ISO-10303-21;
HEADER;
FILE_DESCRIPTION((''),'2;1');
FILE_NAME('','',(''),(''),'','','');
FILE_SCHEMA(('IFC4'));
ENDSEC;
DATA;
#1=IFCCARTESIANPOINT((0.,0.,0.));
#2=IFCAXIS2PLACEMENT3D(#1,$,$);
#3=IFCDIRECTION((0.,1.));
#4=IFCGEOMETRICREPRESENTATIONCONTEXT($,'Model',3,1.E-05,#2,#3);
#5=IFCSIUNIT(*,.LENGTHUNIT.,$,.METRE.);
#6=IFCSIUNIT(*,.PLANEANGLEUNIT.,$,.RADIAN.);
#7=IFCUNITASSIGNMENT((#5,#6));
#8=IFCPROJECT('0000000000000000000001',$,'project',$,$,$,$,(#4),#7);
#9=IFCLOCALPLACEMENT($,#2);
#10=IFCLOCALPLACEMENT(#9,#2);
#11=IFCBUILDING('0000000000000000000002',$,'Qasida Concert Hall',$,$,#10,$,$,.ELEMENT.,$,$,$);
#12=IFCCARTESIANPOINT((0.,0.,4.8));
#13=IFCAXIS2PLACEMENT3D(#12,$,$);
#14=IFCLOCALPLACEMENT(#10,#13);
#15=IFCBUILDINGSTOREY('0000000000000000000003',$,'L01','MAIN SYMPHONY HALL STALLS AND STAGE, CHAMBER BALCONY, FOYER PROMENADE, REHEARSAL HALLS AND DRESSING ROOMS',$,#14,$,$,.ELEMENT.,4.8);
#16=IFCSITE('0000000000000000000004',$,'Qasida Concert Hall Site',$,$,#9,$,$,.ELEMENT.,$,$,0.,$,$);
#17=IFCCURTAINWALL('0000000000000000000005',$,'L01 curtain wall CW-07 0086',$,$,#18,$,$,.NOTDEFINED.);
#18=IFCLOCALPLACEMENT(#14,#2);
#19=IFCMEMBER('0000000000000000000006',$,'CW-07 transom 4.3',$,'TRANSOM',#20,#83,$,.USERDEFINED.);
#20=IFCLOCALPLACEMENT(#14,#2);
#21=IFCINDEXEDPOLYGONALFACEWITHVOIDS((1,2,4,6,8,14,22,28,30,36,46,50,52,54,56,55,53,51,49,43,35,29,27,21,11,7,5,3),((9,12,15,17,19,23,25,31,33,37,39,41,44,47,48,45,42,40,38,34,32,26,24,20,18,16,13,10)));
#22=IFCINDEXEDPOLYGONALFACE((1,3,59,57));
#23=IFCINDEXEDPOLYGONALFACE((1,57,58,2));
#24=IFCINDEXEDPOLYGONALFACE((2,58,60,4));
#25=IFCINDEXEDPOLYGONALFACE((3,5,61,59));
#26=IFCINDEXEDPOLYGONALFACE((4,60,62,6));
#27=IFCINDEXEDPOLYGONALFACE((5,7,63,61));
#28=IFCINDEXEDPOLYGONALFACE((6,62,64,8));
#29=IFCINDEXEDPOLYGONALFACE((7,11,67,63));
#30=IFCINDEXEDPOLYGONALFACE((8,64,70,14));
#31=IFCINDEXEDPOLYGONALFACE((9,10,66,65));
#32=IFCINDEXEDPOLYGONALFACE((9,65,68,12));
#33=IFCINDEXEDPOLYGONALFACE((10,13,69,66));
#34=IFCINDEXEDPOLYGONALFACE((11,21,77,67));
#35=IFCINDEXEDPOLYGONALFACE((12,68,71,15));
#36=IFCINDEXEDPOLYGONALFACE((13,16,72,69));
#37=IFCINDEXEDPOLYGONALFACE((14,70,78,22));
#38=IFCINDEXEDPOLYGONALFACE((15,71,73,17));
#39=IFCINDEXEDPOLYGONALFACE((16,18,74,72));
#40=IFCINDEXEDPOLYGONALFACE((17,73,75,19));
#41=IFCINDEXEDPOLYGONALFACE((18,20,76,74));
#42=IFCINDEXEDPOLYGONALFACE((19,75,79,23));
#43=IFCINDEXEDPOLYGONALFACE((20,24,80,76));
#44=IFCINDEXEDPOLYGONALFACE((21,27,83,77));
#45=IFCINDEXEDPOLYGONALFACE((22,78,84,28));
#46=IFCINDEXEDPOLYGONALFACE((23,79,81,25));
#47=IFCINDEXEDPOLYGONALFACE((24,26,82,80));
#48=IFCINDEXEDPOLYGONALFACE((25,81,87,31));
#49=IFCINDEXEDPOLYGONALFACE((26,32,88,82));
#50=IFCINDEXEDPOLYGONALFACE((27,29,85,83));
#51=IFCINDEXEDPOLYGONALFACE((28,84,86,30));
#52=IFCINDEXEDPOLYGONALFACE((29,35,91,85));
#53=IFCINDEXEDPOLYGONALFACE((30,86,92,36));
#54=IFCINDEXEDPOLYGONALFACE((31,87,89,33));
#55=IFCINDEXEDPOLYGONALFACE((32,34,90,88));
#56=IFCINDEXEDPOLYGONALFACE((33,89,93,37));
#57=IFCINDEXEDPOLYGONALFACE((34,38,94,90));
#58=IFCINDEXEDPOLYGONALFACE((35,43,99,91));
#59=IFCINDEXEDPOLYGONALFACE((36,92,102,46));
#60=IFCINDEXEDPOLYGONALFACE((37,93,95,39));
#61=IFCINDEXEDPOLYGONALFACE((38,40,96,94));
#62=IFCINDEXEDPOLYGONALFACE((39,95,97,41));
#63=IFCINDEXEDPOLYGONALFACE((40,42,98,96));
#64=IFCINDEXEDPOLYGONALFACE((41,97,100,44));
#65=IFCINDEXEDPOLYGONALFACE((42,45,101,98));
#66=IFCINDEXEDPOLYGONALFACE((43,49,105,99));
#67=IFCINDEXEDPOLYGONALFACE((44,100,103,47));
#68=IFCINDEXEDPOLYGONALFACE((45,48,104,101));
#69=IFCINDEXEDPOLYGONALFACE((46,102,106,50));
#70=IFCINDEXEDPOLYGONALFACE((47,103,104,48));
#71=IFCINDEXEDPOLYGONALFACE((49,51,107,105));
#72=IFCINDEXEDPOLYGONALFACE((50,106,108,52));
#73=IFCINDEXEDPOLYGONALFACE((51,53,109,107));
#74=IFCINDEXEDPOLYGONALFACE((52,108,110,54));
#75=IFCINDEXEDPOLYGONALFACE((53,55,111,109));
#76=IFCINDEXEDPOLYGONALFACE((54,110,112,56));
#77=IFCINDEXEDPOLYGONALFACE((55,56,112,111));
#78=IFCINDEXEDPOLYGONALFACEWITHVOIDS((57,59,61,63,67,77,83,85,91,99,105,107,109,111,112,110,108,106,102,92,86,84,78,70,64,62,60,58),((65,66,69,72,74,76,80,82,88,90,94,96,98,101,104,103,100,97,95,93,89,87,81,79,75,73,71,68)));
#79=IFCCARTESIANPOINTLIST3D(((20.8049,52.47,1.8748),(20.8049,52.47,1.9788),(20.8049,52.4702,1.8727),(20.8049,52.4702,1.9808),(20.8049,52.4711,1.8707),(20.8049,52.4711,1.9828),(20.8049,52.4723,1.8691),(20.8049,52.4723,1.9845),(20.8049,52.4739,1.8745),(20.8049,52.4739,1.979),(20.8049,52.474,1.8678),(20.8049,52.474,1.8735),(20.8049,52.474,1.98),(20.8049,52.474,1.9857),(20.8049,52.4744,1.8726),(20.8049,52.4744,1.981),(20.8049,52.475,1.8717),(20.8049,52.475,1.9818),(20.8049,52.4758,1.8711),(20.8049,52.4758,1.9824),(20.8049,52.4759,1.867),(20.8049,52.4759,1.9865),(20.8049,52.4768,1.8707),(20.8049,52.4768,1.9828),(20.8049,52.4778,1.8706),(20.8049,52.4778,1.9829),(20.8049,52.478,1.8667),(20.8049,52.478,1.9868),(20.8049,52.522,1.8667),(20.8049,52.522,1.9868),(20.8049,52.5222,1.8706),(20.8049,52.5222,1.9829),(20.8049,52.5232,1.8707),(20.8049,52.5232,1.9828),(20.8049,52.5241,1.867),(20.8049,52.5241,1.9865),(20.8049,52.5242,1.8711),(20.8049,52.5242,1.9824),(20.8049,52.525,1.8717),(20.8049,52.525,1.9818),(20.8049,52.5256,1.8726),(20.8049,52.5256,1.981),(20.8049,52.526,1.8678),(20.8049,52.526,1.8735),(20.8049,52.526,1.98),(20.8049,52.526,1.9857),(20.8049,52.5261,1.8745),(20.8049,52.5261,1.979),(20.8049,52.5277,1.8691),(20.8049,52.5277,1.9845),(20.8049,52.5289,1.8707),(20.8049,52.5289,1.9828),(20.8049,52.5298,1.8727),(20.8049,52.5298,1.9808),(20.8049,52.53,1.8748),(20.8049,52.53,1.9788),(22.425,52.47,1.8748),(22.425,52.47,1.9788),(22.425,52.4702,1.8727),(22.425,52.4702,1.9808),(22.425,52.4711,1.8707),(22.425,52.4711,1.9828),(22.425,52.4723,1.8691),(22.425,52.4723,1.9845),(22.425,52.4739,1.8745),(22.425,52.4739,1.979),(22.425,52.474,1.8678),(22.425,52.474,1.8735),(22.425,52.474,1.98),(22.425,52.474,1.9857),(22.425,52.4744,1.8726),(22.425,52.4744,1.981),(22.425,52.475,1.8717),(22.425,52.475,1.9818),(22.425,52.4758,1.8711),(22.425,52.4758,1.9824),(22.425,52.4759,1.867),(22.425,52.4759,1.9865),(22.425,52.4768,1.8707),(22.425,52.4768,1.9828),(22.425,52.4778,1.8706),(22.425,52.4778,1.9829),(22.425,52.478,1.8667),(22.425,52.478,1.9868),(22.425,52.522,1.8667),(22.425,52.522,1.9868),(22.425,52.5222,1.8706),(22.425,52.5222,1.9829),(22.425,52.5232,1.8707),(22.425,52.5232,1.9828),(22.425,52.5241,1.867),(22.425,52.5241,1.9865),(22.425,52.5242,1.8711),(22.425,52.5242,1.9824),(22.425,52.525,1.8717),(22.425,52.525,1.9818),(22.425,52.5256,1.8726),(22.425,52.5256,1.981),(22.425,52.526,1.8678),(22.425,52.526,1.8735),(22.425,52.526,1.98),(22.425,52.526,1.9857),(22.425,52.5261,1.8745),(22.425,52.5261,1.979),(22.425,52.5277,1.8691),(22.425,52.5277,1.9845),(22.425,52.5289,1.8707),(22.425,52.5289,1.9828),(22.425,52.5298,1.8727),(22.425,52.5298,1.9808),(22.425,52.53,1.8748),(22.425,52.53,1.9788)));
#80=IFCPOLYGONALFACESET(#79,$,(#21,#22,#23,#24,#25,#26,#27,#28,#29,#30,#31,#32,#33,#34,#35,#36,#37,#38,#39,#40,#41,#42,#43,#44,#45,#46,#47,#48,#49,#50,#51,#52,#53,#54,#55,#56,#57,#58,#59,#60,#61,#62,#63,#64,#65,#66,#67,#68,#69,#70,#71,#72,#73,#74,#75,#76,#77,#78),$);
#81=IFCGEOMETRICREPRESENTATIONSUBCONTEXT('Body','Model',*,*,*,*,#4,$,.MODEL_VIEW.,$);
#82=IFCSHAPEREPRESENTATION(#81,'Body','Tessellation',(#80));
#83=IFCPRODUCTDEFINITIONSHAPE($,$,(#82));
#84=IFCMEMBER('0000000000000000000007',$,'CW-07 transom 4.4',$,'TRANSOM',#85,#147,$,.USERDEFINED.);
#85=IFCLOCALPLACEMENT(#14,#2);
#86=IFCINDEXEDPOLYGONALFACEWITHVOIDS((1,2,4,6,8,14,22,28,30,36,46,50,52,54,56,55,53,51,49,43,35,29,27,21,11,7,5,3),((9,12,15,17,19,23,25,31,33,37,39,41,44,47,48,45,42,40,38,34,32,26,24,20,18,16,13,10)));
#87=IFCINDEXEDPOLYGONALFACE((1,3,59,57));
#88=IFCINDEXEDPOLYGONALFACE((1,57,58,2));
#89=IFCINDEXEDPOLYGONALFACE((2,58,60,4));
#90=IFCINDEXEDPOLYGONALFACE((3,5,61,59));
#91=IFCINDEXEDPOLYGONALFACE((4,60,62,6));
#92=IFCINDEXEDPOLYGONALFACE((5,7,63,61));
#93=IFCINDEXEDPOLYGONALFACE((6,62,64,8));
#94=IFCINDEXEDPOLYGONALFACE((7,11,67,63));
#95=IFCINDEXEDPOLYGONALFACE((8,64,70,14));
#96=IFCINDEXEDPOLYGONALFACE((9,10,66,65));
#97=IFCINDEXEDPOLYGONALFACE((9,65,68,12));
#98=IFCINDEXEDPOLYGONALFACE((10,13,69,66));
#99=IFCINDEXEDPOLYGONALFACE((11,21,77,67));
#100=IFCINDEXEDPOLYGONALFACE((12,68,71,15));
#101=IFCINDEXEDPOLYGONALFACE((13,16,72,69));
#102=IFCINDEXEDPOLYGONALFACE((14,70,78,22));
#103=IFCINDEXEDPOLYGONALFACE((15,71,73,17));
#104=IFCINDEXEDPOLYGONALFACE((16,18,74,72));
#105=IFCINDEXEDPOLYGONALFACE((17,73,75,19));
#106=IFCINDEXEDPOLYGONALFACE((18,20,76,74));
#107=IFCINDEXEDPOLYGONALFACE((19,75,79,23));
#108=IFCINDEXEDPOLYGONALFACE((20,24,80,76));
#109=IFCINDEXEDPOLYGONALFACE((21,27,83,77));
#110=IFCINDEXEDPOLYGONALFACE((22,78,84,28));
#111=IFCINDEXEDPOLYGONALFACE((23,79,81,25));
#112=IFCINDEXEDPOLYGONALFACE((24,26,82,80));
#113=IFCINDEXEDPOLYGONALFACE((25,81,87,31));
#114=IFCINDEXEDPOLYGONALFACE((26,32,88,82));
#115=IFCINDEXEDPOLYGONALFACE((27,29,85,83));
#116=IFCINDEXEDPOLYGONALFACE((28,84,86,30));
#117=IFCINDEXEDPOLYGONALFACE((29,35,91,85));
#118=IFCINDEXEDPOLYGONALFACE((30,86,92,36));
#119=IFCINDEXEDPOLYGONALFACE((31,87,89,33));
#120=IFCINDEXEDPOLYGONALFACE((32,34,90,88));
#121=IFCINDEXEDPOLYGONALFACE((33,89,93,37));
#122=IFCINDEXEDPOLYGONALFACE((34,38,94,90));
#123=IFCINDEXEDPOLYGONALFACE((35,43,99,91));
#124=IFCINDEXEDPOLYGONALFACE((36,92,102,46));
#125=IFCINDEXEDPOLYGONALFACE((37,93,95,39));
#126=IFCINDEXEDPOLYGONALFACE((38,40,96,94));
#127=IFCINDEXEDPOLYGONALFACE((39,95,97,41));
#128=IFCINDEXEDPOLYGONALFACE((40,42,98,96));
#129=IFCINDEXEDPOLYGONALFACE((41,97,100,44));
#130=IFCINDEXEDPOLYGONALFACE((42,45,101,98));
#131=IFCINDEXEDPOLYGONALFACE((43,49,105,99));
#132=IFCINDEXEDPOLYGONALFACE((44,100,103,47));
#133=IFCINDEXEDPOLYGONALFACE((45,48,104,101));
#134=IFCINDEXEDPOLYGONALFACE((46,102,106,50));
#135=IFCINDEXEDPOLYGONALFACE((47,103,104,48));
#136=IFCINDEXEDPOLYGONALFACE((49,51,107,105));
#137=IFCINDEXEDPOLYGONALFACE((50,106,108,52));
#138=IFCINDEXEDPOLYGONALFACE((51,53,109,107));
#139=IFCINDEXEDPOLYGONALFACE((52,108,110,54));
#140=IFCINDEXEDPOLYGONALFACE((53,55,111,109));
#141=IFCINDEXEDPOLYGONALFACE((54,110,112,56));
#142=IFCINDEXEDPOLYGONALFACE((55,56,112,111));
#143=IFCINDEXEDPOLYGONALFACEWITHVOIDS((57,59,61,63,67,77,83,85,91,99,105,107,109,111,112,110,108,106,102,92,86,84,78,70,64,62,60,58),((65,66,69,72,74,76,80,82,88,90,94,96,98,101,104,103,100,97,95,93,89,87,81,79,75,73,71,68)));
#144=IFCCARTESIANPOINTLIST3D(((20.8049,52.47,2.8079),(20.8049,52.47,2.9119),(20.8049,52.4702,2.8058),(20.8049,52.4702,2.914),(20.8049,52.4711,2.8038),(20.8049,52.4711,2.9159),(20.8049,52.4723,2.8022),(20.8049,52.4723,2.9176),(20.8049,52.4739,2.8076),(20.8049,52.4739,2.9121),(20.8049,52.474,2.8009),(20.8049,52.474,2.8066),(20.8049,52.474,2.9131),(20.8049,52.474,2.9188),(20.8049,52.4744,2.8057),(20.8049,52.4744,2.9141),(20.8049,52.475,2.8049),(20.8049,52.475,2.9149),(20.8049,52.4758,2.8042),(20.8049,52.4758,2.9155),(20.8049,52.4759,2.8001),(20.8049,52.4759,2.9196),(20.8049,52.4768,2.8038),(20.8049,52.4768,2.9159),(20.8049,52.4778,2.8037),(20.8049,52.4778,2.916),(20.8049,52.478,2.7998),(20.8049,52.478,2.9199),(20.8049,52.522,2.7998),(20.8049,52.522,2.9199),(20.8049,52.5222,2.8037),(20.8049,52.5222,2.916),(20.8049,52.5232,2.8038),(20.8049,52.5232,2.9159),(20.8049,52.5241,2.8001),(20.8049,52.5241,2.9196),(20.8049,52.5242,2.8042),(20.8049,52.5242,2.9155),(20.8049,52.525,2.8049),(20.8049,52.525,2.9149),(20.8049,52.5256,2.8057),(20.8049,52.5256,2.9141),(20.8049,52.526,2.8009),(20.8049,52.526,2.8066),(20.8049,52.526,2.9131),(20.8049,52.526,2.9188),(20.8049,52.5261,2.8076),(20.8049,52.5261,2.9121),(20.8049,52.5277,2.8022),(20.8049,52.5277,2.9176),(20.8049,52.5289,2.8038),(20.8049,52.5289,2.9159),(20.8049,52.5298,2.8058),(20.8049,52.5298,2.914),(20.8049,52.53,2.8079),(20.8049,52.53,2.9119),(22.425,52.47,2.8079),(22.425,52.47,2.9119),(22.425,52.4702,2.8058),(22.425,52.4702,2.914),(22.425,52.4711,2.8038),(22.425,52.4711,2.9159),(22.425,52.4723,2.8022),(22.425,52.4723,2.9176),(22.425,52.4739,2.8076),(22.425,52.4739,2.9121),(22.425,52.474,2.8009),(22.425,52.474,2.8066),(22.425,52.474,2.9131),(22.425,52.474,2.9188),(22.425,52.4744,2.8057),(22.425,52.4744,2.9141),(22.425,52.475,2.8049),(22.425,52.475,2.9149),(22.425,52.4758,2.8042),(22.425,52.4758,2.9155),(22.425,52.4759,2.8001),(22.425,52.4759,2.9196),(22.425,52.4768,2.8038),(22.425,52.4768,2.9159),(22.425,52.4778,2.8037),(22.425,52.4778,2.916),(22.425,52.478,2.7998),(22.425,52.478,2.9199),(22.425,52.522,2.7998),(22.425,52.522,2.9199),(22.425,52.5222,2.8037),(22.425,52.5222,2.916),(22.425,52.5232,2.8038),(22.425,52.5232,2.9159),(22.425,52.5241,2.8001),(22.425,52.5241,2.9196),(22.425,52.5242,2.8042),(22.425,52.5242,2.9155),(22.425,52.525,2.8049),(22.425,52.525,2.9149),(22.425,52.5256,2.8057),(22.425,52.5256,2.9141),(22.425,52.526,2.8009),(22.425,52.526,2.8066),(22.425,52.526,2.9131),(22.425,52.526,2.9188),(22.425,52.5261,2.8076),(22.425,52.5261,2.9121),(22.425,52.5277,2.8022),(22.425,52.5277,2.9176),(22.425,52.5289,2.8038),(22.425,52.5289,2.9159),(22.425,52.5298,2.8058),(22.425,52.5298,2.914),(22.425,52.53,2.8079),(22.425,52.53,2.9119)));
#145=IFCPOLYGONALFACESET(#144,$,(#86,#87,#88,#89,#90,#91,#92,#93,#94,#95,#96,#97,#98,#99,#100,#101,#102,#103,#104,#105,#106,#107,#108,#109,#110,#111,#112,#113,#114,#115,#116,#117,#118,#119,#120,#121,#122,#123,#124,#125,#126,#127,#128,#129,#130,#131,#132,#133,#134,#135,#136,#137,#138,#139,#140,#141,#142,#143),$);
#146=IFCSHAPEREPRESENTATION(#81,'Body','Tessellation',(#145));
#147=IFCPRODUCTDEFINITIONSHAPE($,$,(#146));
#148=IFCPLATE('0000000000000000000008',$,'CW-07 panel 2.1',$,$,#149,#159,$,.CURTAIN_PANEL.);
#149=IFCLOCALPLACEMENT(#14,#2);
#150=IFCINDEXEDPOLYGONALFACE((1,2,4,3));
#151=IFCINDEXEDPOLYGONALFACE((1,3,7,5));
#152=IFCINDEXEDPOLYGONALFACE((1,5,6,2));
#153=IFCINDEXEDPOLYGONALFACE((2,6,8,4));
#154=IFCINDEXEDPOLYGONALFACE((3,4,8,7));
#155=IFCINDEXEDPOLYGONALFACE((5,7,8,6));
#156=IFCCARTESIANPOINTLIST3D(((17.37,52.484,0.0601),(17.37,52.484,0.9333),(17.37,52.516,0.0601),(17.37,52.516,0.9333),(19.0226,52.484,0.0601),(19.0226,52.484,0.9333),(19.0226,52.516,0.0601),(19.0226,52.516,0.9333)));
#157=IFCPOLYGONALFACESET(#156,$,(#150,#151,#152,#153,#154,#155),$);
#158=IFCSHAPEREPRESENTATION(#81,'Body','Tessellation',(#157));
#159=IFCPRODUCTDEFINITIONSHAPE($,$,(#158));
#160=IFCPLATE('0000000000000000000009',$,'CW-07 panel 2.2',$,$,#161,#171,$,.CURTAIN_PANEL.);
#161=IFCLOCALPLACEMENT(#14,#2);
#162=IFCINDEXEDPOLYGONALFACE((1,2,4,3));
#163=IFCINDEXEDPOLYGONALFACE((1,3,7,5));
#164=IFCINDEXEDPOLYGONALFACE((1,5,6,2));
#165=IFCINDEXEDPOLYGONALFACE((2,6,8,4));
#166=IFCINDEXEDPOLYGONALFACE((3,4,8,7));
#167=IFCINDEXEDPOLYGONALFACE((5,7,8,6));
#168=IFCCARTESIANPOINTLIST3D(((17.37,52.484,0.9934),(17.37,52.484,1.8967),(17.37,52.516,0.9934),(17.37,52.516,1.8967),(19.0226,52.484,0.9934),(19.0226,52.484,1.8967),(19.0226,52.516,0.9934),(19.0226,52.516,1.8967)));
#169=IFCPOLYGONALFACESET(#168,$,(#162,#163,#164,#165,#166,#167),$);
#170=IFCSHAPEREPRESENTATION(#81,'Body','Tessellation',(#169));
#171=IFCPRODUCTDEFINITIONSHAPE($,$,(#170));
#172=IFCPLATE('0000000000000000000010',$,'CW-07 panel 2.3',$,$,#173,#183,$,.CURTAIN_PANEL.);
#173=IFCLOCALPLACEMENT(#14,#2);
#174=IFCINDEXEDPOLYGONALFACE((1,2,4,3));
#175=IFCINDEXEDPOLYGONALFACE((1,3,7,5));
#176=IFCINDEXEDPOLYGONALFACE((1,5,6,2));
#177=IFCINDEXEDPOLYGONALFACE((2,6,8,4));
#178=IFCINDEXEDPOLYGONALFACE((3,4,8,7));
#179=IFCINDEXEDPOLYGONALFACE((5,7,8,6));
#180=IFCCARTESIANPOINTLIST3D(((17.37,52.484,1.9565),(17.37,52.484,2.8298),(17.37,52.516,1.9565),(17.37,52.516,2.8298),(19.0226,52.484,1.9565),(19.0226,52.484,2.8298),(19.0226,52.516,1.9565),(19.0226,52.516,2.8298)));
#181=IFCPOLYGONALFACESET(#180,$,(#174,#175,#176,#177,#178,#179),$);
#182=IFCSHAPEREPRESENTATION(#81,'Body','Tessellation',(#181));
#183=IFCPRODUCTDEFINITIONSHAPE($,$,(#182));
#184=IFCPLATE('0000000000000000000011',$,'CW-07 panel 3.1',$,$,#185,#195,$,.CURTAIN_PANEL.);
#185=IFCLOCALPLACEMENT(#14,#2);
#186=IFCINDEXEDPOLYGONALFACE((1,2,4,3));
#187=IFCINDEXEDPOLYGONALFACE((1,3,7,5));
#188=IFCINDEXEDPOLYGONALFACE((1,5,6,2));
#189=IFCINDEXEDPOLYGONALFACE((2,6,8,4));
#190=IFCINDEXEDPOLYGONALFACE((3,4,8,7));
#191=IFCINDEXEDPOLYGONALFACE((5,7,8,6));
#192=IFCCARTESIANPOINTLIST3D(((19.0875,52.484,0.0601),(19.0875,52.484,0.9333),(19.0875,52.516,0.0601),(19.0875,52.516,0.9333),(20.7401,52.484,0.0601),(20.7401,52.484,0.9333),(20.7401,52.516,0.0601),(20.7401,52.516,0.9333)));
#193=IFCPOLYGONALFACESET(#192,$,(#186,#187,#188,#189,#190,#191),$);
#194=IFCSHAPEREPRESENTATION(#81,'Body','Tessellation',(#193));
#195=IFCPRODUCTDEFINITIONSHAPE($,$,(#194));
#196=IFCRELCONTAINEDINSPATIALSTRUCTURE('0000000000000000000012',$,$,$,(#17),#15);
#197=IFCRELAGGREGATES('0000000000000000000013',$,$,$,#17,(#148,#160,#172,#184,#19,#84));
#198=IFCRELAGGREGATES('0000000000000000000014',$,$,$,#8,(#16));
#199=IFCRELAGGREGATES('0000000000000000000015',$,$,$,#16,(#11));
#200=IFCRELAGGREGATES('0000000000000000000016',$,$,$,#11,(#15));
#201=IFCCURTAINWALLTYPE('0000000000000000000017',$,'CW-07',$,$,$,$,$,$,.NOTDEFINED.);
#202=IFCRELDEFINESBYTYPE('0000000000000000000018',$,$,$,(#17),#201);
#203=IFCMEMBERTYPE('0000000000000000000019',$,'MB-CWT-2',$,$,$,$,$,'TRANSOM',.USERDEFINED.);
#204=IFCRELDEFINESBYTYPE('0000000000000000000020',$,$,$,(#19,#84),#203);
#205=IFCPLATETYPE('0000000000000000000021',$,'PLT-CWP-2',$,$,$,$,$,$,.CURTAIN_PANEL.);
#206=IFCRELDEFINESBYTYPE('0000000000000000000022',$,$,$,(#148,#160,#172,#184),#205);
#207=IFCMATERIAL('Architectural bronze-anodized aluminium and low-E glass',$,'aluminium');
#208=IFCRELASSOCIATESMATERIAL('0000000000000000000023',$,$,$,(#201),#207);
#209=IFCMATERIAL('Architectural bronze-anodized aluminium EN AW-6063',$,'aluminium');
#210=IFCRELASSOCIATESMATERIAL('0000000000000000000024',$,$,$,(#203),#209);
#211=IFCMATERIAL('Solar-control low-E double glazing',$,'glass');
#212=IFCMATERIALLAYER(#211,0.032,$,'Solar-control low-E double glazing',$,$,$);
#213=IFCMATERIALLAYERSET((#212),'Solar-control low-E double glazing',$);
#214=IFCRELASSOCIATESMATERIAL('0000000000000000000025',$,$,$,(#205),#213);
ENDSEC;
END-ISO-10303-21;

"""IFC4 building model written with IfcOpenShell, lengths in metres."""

from ifc_helpers import new_model, si_unit, direction, frame, origin, origin_2d, place, context, subcontext, project, spatial, rectangle, hollow_rectangle, extrude, material, layer, layer_set, material_profile, profile_set, type_object, element, aggregate, save


model = new_model("IFC4")

# Units and contexts
model_context = context("Model", 3, precision=1e-05, world=origin(), true_north=direction((0.0, 1.0)))
body_context = subcontext(model_context, "Body", "Model", "MODEL_VIEW")
ifc_project = project(units=[si_unit("LENGTHUNIT", "METRE"), si_unit("PLANEANGLEUNIT", "RADIAN")], contexts=[model_context])

# Site, building, storey
site_placement = place(None, origin())
site = spatial("IfcSite", under=ifc_project, at=site_placement, Name="Qasida Concert Hall Site", CompositionType="ELEMENT", RefElevation=0.0)
building_placement = place(site_placement, origin())
building = spatial("IfcBuilding", under=site, at=building_placement, Name="Qasida Concert Hall", CompositionType="ELEMENT")
storey_placement = place(building_placement, frame((0.0, 0.0, 4.8)))
storey = spatial("IfcBuildingStorey", under=building, at=storey_placement, Name="L01", Description="MAIN SYMPHONY HALL STALLS AND STAGE, CHAMBER BALCONY, FOYER PROMENADE, REHEARSAL HALLS AND DRESSING ROOMS", CompositionType="ELEMENT", Elevation=4.8)

# Curtain wall
ifc_material_1 = material(Name="Architectural bronze-anodized aluminium and low-E glass", Category="aluminium")
curtain_wall_type = type_object("IfcCurtainWallType", Name="CW-07", PredefinedType="NOTDEFINED", material=ifc_material_1)
curtain_wall_1_placement = place(storey_placement, origin())
curtain_wall_1 = element("IfcCurtainWall", 1, at=curtain_wall_1_placement, inside=storey, type_object=curtain_wall_type, Name="L01 curtain wall CW-07 0086", PredefinedType="NOTDEFINED")
ifc_material_2 = material(Name="Architectural bronze-anodized aluminium EN AW-6063", Category="aluminium")

# Members
ifc_material_profile_1 = material_profile(ifc_material_2, hollow_rectangle(XDim=0.0601, YDim=0.1201, WallThickness=0.0039, InnerFilletRadius=0.0039, OuterFilletRadius=0.0081, at=origin_2d()), Name="CWT 120x60x4")
ifc_profile_set_1 = profile_set([ifc_material_profile_1], Name="Architectural bronze-anodized aluminium EN AW-6063")
member_type_1 = type_object("IfcMemberType", Name="MB-CWT-2", ElementType="TRANSOM", PredefinedType="USERDEFINED", material=ifc_profile_set_1)
member_1_placement = place(storey_placement, frame((20.8049, 52.5, 1.9268), z_axis=(1.0, 0.0, 0.0), x_axis=(0.0, 1.0, 0.0)))
member_1 = element("IfcMember", 2, at=member_1_placement, type_object=member_type_1, Name="CW-07 transom 4.3", ObjectType="TRANSOM", PredefinedType="USERDEFINED", context=body_context, shape_type="SweptSolid", body=[
    extrude(hollow_rectangle(XDim=0.0601, YDim=0.1201, WallThickness=0.0039, InnerFilletRadius=0.0039, OuterFilletRadius=0.0081, at=origin_2d()), origin(), (0.0, 0.0, 1.0), 1.6201),
])
member_2_placement = place(storey_placement, frame((20.8049, 52.5, 2.8599), z_axis=(1.0, 0.0, 0.0), x_axis=(0.0, 1.0, 0.0)))
member_2 = element("IfcMember", 3, at=member_2_placement, type_object=member_type_1, Name="CW-07 transom 4.4", ObjectType="TRANSOM", PredefinedType="USERDEFINED", context=body_context, shape_type="SweptSolid", body=[
    extrude(hollow_rectangle(XDim=0.0601, YDim=0.1201, WallThickness=0.0039, InnerFilletRadius=0.0039, OuterFilletRadius=0.0081, at=origin_2d()), origin(), (0.0, 0.0, 1.0), 1.6201),
])

# Plates
ifc_material_3 = material(Name="Solar-control low-E double glazing", Category="glass")
ifc_layer = layer(ifc_material_3, 0.032, Name="Solar-control low-E double glazing")
ifc_layer_set = layer_set([ifc_layer], Name="Solar-control low-E double glazing")
plate_type = type_object("IfcPlateType", Name="PLT-CWP-2", PredefinedType="CURTAIN_PANEL", material=ifc_layer_set)
plate_1_placement = place(storey_placement, frame((18.1963, 52.5, 0.0601), z_axis=(0.0, 0.0, 1.0), x_axis=(1.0, 0.0, 0.0)))
plate_1 = element("IfcPlate", 4, at=plate_1_placement, type_object=plate_type, Name="CW-07 panel 2.1", PredefinedType="CURTAIN_PANEL", context=body_context, shape_type="SweptSolid", body=[
    extrude(rectangle(XDim=1.6526, YDim=0.032, at=origin_2d()), origin(), (0.0, 0.0, 1.0), 0.8733),
])
plate_2_placement = place(storey_placement, frame((18.1963, 52.5, 0.9934), z_axis=(0.0, 0.0, 1.0), x_axis=(1.0, 0.0, 0.0)))
plate_2 = element("IfcPlate", 5, at=plate_2_placement, type_object=plate_type, Name="CW-07 panel 2.2", PredefinedType="CURTAIN_PANEL", context=body_context, shape_type="SweptSolid", body=[
    extrude(rectangle(XDim=1.6526, YDim=0.032, at=origin_2d()), origin(), (0.0, 0.0, 1.0), 0.9033),
])
plate_3_placement = place(storey_placement, frame((18.1963, 52.5, 1.9565), z_axis=(0.0, 0.0, 1.0), x_axis=(1.0, 0.0, 0.0)))
plate_3 = element("IfcPlate", 6, at=plate_3_placement, type_object=plate_type, Name="CW-07 panel 2.3", PredefinedType="CURTAIN_PANEL", context=body_context, shape_type="SweptSolid", body=[
    extrude(rectangle(XDim=1.6526, YDim=0.032, at=origin_2d()), origin(), (0.0, 0.0, 1.0), 0.8733),
])
plate_4_placement = place(storey_placement, frame((19.9138, 52.5, 0.0601), z_axis=(0.0, 0.0, 1.0), x_axis=(1.0, 0.0, 0.0)))
plate_4 = element("IfcPlate", 7, at=plate_4_placement, type_object=plate_type, Name="CW-07 panel 3.1", PredefinedType="CURTAIN_PANEL", context=body_context, shape_type="SweptSolid", body=[
    extrude(rectangle(XDim=1.6526, YDim=0.032, at=origin_2d()), origin(), (0.0, 0.0, 1.0), 0.8733),
])
aggregate(curtain_wall_1, [plate_1, plate_2, plate_3, plate_4, member_1, member_2])

save(model, "model.ifc")
